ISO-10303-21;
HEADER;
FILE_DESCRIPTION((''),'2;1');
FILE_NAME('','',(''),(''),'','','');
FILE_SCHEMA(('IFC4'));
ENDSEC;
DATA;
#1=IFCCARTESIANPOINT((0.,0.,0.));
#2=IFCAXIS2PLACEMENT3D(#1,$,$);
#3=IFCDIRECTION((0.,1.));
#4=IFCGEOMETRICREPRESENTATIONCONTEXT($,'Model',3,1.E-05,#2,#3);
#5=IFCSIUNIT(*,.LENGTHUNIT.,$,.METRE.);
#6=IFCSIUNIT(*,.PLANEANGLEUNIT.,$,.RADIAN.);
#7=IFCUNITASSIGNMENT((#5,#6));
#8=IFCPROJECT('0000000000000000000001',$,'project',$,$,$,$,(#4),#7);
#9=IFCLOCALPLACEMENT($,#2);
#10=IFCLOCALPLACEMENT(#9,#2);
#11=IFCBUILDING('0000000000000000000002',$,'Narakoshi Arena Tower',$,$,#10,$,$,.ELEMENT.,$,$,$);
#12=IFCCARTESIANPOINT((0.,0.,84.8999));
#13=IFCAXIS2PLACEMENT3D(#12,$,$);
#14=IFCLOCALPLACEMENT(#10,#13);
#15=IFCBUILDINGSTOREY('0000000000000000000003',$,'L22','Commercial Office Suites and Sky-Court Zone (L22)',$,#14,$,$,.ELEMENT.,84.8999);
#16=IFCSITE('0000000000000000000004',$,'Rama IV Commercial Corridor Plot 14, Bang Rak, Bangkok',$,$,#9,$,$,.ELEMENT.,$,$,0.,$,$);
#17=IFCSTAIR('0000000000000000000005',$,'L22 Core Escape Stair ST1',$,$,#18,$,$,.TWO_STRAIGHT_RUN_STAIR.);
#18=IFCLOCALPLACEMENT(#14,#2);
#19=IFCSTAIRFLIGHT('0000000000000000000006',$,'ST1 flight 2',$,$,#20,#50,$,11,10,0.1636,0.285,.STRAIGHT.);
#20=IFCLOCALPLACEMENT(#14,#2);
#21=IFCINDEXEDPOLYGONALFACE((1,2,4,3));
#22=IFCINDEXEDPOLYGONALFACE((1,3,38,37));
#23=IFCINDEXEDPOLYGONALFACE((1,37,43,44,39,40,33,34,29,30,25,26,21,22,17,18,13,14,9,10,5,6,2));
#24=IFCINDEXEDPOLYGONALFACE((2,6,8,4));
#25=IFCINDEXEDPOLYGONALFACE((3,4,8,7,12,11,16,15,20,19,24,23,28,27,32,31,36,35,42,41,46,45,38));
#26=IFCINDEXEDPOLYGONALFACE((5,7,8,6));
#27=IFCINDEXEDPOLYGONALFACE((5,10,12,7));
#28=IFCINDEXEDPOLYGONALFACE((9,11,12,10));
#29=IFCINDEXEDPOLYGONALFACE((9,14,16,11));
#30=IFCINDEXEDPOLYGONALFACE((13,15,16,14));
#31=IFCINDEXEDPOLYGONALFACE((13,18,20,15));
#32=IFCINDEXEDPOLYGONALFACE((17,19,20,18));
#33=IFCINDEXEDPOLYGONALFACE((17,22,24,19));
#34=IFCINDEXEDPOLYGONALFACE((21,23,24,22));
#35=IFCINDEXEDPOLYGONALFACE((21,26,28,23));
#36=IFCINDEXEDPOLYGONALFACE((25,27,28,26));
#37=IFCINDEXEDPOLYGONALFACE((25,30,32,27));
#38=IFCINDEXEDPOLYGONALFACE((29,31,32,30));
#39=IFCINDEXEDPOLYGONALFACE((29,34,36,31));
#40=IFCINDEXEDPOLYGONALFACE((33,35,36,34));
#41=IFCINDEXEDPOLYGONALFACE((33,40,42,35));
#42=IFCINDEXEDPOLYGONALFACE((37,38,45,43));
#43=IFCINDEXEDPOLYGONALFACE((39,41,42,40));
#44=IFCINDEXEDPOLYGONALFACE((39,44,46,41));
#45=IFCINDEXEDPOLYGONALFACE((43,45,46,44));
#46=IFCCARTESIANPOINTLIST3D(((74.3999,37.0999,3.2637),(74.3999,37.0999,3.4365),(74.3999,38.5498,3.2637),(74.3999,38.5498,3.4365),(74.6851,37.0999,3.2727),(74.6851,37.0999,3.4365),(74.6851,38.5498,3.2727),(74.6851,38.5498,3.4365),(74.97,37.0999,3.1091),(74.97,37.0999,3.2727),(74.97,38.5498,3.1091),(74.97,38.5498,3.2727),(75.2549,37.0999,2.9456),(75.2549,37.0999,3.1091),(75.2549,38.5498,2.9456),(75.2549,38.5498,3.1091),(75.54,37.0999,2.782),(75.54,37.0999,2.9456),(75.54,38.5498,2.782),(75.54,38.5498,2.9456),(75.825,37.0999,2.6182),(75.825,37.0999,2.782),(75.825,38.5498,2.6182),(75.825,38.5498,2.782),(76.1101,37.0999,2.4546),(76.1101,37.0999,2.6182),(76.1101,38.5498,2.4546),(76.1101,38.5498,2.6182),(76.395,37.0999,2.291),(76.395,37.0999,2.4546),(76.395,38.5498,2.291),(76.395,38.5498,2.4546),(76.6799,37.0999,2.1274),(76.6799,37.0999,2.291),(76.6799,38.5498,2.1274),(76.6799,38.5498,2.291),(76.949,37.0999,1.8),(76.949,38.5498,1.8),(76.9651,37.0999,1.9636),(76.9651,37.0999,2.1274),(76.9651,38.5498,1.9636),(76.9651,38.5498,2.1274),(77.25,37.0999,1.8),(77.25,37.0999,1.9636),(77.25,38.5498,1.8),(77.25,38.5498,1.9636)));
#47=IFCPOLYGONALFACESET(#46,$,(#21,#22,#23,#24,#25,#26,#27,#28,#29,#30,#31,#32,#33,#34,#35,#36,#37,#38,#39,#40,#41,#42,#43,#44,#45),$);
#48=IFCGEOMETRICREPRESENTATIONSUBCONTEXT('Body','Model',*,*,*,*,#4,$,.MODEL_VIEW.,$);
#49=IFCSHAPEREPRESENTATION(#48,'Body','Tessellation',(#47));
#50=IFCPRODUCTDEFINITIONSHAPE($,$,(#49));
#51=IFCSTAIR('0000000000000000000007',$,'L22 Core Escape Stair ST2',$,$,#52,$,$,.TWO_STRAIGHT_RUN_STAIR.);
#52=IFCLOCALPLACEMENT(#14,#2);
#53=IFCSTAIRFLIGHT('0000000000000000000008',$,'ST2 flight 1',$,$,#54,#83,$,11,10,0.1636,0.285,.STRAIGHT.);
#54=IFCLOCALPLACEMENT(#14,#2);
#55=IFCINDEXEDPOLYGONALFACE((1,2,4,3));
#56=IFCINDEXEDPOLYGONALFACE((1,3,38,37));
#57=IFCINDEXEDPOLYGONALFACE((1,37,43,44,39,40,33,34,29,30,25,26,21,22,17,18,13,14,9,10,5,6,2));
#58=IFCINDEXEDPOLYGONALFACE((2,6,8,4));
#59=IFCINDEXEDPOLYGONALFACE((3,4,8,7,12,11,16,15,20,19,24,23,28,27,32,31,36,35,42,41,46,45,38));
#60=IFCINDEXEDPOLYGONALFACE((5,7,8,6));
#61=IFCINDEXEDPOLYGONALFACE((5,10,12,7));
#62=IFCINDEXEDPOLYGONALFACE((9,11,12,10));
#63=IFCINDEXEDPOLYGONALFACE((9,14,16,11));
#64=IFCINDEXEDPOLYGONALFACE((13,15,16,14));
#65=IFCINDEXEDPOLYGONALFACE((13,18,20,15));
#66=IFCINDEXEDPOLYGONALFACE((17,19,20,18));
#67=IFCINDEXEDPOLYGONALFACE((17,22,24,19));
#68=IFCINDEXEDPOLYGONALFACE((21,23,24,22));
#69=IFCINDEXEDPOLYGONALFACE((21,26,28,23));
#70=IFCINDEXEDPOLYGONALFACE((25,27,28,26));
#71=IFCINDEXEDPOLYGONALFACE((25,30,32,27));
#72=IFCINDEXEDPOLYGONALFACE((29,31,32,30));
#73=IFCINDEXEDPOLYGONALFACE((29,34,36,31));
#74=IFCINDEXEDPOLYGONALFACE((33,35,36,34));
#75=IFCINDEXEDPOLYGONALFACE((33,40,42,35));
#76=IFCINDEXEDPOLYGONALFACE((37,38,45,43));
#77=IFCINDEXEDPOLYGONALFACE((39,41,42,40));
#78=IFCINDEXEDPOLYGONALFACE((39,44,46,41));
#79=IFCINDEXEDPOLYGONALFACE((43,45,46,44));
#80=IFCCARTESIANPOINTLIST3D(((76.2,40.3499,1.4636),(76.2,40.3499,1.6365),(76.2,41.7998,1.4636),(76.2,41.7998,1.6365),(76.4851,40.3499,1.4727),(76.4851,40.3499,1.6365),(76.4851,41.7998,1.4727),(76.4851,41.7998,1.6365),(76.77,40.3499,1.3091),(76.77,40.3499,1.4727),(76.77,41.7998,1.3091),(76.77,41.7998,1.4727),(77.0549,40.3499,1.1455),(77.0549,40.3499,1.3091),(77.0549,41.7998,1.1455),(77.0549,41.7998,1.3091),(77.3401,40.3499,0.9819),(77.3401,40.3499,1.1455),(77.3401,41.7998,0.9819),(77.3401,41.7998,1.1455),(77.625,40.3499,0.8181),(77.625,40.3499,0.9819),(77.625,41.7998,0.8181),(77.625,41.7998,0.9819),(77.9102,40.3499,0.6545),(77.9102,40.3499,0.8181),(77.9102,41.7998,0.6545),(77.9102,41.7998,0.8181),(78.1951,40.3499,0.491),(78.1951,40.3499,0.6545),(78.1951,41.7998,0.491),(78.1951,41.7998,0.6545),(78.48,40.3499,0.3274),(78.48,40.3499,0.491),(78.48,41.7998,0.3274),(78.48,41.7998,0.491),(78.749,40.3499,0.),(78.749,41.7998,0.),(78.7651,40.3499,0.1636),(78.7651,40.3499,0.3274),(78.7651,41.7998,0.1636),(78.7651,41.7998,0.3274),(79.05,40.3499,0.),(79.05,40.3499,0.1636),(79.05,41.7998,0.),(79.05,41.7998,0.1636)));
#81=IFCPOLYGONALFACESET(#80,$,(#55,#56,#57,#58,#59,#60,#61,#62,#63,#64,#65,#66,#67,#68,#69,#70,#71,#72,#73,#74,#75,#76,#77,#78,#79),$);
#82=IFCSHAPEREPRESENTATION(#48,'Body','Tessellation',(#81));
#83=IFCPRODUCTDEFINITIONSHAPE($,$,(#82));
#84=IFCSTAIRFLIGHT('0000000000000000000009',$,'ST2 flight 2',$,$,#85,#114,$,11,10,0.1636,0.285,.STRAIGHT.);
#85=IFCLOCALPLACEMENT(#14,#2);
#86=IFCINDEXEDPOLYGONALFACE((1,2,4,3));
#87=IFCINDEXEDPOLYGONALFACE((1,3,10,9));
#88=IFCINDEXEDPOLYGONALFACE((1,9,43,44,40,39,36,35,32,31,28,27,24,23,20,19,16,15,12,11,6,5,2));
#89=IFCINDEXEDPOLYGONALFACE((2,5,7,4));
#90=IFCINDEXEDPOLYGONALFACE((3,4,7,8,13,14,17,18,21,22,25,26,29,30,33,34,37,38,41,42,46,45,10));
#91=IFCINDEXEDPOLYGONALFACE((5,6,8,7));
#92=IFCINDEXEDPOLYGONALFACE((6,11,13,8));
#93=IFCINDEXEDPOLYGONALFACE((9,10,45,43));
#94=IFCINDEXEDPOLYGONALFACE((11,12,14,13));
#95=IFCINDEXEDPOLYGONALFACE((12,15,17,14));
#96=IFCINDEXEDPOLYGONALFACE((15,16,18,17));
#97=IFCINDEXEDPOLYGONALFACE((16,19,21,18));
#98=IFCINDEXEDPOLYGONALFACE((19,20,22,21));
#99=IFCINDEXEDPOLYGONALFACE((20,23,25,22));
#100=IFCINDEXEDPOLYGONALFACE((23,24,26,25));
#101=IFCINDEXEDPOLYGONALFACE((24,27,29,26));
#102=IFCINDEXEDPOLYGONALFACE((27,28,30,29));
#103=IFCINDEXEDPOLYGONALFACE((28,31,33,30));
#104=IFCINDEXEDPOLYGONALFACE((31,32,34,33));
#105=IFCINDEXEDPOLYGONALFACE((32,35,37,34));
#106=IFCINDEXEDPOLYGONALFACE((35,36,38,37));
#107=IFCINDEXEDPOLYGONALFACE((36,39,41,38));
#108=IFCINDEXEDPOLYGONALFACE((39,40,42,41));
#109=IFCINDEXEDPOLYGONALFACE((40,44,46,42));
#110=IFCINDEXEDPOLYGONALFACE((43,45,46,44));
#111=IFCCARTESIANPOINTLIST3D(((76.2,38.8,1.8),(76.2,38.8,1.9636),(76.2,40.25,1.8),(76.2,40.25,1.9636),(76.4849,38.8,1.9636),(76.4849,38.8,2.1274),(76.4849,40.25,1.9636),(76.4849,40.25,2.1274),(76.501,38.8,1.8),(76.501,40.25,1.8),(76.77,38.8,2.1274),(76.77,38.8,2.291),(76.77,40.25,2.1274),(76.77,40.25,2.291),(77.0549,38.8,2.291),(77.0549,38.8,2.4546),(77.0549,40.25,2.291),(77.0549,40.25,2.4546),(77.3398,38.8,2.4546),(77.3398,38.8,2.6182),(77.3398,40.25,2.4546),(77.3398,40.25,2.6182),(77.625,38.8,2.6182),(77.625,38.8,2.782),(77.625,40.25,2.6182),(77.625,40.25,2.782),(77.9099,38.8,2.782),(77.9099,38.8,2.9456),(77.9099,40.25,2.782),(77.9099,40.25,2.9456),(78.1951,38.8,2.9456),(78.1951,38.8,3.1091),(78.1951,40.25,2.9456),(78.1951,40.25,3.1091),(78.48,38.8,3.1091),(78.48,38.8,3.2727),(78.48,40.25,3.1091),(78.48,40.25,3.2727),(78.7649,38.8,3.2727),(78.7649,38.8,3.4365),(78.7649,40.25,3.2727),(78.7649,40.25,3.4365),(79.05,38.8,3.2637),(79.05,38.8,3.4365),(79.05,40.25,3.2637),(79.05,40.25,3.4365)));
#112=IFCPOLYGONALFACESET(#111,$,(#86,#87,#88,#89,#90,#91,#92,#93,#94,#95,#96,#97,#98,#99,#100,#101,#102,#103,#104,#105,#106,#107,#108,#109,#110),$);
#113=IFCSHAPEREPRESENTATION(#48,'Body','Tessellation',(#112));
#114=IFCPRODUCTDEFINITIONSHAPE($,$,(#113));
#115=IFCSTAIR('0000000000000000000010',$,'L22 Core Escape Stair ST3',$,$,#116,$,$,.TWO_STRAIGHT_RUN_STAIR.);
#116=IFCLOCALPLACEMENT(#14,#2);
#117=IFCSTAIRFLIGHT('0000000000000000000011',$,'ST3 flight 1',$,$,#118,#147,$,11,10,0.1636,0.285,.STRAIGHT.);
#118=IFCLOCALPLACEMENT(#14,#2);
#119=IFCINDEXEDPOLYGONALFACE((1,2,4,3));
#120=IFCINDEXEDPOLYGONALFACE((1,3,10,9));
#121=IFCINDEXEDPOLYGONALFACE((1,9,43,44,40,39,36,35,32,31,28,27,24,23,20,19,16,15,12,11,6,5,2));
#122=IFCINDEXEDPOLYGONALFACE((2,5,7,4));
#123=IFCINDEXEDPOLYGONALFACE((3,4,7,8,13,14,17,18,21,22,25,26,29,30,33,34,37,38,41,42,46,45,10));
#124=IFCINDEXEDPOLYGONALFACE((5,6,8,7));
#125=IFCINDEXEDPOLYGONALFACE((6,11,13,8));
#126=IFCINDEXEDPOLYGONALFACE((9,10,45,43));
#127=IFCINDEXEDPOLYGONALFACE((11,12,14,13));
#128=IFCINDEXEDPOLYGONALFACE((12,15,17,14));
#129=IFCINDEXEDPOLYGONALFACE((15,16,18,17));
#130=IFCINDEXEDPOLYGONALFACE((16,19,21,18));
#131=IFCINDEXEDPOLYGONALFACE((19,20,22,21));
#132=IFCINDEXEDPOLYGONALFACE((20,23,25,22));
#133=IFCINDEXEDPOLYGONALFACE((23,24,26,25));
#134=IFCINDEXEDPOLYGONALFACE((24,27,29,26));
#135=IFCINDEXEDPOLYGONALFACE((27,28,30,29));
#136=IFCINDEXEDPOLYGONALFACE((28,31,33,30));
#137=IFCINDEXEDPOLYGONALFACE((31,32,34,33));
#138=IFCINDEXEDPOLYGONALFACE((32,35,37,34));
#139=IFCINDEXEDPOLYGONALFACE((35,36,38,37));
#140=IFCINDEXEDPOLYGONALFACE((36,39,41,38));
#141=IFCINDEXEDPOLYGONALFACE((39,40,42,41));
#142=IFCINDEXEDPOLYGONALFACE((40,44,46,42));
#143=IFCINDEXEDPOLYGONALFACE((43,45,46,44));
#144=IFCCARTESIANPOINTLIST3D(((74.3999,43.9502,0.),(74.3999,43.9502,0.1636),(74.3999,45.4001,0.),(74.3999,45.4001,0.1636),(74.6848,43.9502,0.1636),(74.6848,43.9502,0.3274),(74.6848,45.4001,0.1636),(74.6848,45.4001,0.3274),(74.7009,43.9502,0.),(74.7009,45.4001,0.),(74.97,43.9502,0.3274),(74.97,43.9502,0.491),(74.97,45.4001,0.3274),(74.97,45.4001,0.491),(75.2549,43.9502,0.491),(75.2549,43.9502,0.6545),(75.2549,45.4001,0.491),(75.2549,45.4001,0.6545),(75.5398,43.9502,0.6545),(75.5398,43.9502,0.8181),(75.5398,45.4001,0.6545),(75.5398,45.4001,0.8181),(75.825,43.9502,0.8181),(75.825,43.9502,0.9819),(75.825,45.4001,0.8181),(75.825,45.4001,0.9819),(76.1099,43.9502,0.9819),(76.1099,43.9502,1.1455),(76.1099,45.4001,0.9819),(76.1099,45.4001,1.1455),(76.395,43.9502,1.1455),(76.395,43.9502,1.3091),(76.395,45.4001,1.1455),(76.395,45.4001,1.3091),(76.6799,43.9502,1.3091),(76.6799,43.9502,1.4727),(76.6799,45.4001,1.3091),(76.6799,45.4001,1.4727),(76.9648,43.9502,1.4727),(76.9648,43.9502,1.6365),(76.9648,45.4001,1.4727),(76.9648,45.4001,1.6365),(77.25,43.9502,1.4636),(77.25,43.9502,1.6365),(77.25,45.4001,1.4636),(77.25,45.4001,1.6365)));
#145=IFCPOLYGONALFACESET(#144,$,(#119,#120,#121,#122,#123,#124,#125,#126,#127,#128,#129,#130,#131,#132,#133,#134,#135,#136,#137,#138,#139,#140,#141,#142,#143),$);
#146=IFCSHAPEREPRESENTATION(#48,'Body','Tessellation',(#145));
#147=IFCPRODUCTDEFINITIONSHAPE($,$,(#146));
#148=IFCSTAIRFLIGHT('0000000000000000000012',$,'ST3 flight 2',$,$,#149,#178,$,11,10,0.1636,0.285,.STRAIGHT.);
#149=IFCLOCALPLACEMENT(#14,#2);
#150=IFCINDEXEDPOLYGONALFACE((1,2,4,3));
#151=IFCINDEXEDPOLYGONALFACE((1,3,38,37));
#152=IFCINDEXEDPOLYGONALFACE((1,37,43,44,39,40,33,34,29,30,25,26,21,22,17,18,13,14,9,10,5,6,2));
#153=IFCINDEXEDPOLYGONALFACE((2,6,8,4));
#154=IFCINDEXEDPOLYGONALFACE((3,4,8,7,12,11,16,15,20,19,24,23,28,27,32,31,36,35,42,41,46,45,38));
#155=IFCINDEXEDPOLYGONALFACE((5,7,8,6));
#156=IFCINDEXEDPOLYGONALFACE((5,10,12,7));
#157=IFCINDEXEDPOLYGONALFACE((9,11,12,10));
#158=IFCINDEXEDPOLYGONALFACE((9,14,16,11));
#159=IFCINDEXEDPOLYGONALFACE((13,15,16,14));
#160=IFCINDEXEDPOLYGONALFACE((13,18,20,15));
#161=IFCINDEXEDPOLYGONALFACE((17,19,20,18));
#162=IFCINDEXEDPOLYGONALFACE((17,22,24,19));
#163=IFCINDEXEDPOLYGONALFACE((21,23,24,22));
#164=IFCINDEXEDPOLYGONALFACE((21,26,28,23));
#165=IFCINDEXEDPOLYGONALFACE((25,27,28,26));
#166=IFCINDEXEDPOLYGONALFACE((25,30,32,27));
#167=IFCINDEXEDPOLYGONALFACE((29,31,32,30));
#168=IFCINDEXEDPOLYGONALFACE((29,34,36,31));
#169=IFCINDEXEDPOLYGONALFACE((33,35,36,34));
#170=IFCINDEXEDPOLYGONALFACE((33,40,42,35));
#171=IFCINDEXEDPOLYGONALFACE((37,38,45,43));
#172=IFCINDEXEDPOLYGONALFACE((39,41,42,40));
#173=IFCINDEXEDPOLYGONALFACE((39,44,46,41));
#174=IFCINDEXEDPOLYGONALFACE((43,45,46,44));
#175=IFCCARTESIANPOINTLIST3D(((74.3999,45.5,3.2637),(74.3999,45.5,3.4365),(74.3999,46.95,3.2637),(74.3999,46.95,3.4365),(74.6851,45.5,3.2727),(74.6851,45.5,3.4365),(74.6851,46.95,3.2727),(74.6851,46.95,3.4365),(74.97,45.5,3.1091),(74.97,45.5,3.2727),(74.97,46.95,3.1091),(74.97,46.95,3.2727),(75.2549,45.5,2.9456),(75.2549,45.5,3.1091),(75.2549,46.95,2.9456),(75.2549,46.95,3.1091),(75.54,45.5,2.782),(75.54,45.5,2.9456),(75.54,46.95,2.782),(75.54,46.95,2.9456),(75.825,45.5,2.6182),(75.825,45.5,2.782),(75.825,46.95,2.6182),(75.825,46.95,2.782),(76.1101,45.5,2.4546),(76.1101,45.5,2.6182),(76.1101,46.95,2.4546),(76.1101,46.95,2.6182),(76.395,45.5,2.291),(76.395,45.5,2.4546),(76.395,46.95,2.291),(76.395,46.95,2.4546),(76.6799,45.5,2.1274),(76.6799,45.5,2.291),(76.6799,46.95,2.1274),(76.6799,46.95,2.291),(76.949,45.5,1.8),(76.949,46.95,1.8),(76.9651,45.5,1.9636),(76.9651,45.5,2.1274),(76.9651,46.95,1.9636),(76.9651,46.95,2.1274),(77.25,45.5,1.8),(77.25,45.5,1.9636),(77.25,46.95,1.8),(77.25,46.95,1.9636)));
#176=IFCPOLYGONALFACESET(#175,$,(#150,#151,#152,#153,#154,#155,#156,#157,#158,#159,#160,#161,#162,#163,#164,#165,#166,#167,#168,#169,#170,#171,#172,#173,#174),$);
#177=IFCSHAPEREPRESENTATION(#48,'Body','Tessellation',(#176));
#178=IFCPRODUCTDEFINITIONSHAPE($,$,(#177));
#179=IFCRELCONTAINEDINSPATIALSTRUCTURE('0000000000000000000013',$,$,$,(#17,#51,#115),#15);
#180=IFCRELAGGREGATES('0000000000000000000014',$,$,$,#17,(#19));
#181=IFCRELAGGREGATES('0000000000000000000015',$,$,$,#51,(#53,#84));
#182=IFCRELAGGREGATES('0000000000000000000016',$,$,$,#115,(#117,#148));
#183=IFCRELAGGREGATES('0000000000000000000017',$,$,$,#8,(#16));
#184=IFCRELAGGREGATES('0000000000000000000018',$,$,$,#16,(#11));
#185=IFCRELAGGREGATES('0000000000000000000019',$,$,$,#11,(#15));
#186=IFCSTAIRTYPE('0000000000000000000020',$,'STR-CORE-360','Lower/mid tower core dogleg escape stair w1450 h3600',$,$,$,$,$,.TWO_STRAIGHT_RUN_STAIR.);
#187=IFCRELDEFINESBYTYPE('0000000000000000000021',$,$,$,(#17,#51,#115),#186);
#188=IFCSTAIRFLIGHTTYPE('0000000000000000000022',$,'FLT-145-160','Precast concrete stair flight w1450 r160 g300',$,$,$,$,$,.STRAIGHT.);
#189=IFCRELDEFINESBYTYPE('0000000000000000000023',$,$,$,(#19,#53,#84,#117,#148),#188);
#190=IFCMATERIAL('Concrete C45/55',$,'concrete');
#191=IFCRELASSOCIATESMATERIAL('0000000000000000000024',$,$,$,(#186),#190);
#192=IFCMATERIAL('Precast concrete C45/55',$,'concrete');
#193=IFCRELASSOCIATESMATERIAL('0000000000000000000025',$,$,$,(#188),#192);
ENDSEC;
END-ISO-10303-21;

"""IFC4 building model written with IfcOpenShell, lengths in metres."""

from ifc_helpers import new_model, si_unit, direction, frame, origin, place, context, subcontext, project, spatial, polyline, outline, extrude, material, type_object, element, aggregate, save


model = new_model("IFC4")

# Units and contexts
model_context = context("Model", 3, precision=1e-05, world=origin(), true_north=direction((0.0, 1.0)))
body_context = subcontext(model_context, "Body", "Model", "MODEL_VIEW")
ifc_project = project(units=[si_unit("LENGTHUNIT", "METRE"), si_unit("PLANEANGLEUNIT", "RADIAN")], contexts=[model_context])

# Site, building, storey
site_placement = place(None, origin())
site = spatial("IfcSite", under=ifc_project, at=site_placement, Name="Rama IV Commercial Corridor Plot 14, Bang Rak, Bangkok", CompositionType="ELEMENT", RefElevation=0.0)
building_placement = place(site_placement, origin())
building = spatial("IfcBuilding", under=site, at=building_placement, Name="Narakoshi Arena Tower", CompositionType="ELEMENT")
storey_placement = place(building_placement, frame((0.0, 0.0, 84.8999)))
storey = spatial("IfcBuildingStorey", under=building, at=storey_placement, Name="L22", Description="Commercial Office Suites and Sky-Court Zone (L22)", CompositionType="ELEMENT", Elevation=84.8999)

# Stairs, stair flights
ifc_material_1 = material(Name="Concrete C45/55", Category="concrete")
stair_type = type_object("IfcStairType", Name="STR-CORE-360", Description="Lower/mid tower core dogleg escape stair w1450 h3600", PredefinedType="TWO_STRAIGHT_RUN_STAIR", material=ifc_material_1)
stair_1_placement = place(storey_placement, origin())
stair_1 = element("IfcStair", 1, at=stair_1_placement, inside=storey, type_object=stair_type, Name="L22 Core Escape Stair ST1", PredefinedType="TWO_STRAIGHT_RUN_STAIR")
ifc_material_2 = material(Name="Precast concrete C45/55", Category="concrete")
stair_flight_type = type_object("IfcStairFlightType", Name="FLT-145-160", Description="Precast concrete stair flight w1450 r160 g300", PredefinedType="STRAIGHT", material=ifc_material_2)
stair_flight_1_placement = place(storey_placement, frame((77.25, 37.825, 1.8), z_axis=(0.0, 0.0, 1.0), x_axis=(-1.0, 0.0, 0.0)))
stair_flight_1 = element("IfcStairFlight", 2, at=stair_flight_1_placement, type_object=stair_flight_type, Name="ST1 flight 2", NumberOfRisers=11, NumberOfTreads=10, PredefinedType="STRAIGHT", RiserHeight=0.1636, TreadLength=0.285, context=body_context, shape_type="SweptSolid", body=[
    extrude(outline(polyline([(0.0, 0.0), (0.0, 0.1636), (0.2849, 0.1636), (0.2849, 0.3274), (0.5701, 0.3274), (0.5701, 0.491), (0.855, 0.491), (0.855, 0.6545), (1.1399, 0.6545), (1.1399, 0.8181), (1.425, 0.8181), (1.425, 0.9819), (1.71, 0.9819), (1.71, 1.1455), (1.9951, 1.1455), (1.9951, 1.3091), (2.28, 1.3091), (2.28, 1.4727), (2.5649, 1.4727), (2.5649, 1.6365), (2.8501, 1.6365), (2.8501, 1.8), (2.8501, 1.4636), (0.301, 0.0), (0.0, 0.0)])), frame((0.0, 0.7251, 0.0), z_axis=(0.0, -1.0, 0.0), x_axis=(1.0, 0.0, 0.0)), (0.0, 0.0, 1.0), 1.45),
])
aggregate(stair_1, [stair_flight_1])
stair_2_placement = place(storey_placement, origin())
stair_2 = element("IfcStair", 3, at=stair_2_placement, inside=storey, type_object=stair_type, Name="L22 Core Escape Stair ST2", PredefinedType="TWO_STRAIGHT_RUN_STAIR")
stair_flight_2_placement = place(storey_placement, frame((79.05, 41.075, 0.0), z_axis=(0.0, 0.0, 1.0), x_axis=(-1.0, 0.0, 0.0)))
stair_flight_2 = element("IfcStairFlight", 4, at=stair_flight_2_placement, type_object=stair_flight_type, Name="ST2 flight 1", NumberOfRisers=11, NumberOfTreads=10, PredefinedType="STRAIGHT", RiserHeight=0.1636, TreadLength=0.285, context=body_context, shape_type="SweptSolid", body=[
    extrude(outline(polyline([(0.0, 0.0), (0.0, 0.1636), (0.2849, 0.1636), (0.2849, 0.3274), (0.5701, 0.3274), (0.5701, 0.491), (0.855, 0.491), (0.855, 0.6545), (1.1399, 0.6545), (1.1399, 0.8181), (1.425, 0.8181), (1.425, 0.9819), (1.71, 0.9819), (1.71, 1.1455), (1.9951, 1.1455), (1.9951, 1.3091), (2.28, 1.3091), (2.28, 1.4727), (2.5649, 1.4727), (2.5649, 1.6365), (2.8501, 1.6365), (2.8501, 1.8), (2.8501, 1.4636), (0.301, 0.0), (0.0, 0.0)])), frame((0.0, 0.7251, 0.0), z_axis=(0.0, -1.0, 0.0), x_axis=(1.0, 0.0, 0.0)), (0.0, 0.0, 1.0), 1.45),
])
stair_flight_3_placement = place(storey_placement, frame((76.2, 39.5249, 1.8), z_axis=(0.0, 0.0, 1.0), x_axis=(1.0, 0.0, 0.0)))
stair_flight_3 = element("IfcStairFlight", 5, at=stair_flight_3_placement, type_object=stair_flight_type, Name="ST2 flight 2", NumberOfRisers=11, NumberOfTreads=10, PredefinedType="STRAIGHT", RiserHeight=0.1636, TreadLength=0.285, context=body_context, shape_type="SweptSolid", body=[
    extrude(outline(polyline([(0.0, 0.0), (0.0, 0.1636), (0.2849, 0.1636), (0.2849, 0.3274), (0.5701, 0.3274), (0.5701, 0.491), (0.855, 0.491), (0.855, 0.6545), (1.1399, 0.6545), (1.1399, 0.8181), (1.425, 0.8181), (1.425, 0.9819), (1.71, 0.9819), (1.71, 1.1455), (1.9951, 1.1455), (1.9951, 1.3091), (2.28, 1.3091), (2.28, 1.4727), (2.5649, 1.4727), (2.5649, 1.6365), (2.8501, 1.6365), (2.8501, 1.8), (2.8501, 1.4636), (0.301, 0.0), (0.0, 0.0)])), frame((0.0, 0.7251, 0.0), z_axis=(0.0, -1.0, 0.0), x_axis=(1.0, 0.0, 0.0)), (0.0, 0.0, 1.0), 1.45),
])
aggregate(stair_2, [stair_flight_2, stair_flight_3])
stair_3_placement = place(storey_placement, origin())
stair_3 = element("IfcStair", 6, at=stair_3_placement, inside=storey, type_object=stair_type, Name="L22 Core Escape Stair ST3", PredefinedType="TWO_STRAIGHT_RUN_STAIR")
stair_flight_4_placement = place(storey_placement, frame((74.3999, 44.675, 0.0), z_axis=(0.0, 0.0, 1.0), x_axis=(1.0, 0.0, 0.0)))
stair_flight_4 = element("IfcStairFlight", 7, at=stair_flight_4_placement, type_object=stair_flight_type, Name="ST3 flight 1", NumberOfRisers=11, NumberOfTreads=10, PredefinedType="STRAIGHT", RiserHeight=0.1636, TreadLength=0.285, context=body_context, shape_type="SweptSolid", body=[
    extrude(outline(polyline([(0.0, 0.0), (0.0, 0.1636), (0.2849, 0.1636), (0.2849, 0.3274), (0.5701, 0.3274), (0.5701, 0.491), (0.855, 0.491), (0.855, 0.6545), (1.1399, 0.6545), (1.1399, 0.8181), (1.425, 0.8181), (1.425, 0.9819), (1.71, 0.9819), (1.71, 1.1455), (1.9951, 1.1455), (1.9951, 1.3091), (2.28, 1.3091), (2.28, 1.4727), (2.5649, 1.4727), (2.5649, 1.6365), (2.8501, 1.6365), (2.8501, 1.8), (2.8501, 1.4636), (0.301, 0.0), (0.0, 0.0)])), frame((0.0, 0.7251, 0.0), z_axis=(0.0, -1.0, 0.0), x_axis=(1.0, 0.0, 0.0)), (0.0, 0.0, 1.0), 1.45),
])
stair_flight_5_placement = place(storey_placement, frame((77.25, 46.2251, 1.8), z_axis=(0.0, 0.0, 1.0), x_axis=(-1.0, 0.0, 0.0)))
stair_flight_5 = element("IfcStairFlight", 8, at=stair_flight_5_placement, type_object=stair_flight_type, Name="ST3 flight 2", NumberOfRisers=11, NumberOfTreads=10, PredefinedType="STRAIGHT", RiserHeight=0.1636, TreadLength=0.285, context=body_context, shape_type="SweptSolid", body=[
    extrude(outline(polyline([(0.0, 0.0), (0.0, 0.1636), (0.2849, 0.1636), (0.2849, 0.3274), (0.5701, 0.3274), (0.5701, 0.491), (0.855, 0.491), (0.855, 0.6545), (1.1399, 0.6545), (1.1399, 0.8181), (1.425, 0.8181), (1.425, 0.9819), (1.71, 0.9819), (1.71, 1.1455), (1.9951, 1.1455), (1.9951, 1.3091), (2.28, 1.3091), (2.28, 1.4727), (2.5649, 1.4727), (2.5649, 1.6365), (2.8501, 1.6365), (2.8501, 1.8), (2.8501, 1.4636), (0.301, 0.0), (0.0, 0.0)])), frame((0.0, 0.7251, 0.0), z_axis=(0.0, -1.0, 0.0), x_axis=(1.0, 0.0, 0.0)), (0.0, 0.0, 1.0), 1.45),
])
aggregate(stair_3, [stair_flight_4, stair_flight_5])

save(model, "model.ifc")
